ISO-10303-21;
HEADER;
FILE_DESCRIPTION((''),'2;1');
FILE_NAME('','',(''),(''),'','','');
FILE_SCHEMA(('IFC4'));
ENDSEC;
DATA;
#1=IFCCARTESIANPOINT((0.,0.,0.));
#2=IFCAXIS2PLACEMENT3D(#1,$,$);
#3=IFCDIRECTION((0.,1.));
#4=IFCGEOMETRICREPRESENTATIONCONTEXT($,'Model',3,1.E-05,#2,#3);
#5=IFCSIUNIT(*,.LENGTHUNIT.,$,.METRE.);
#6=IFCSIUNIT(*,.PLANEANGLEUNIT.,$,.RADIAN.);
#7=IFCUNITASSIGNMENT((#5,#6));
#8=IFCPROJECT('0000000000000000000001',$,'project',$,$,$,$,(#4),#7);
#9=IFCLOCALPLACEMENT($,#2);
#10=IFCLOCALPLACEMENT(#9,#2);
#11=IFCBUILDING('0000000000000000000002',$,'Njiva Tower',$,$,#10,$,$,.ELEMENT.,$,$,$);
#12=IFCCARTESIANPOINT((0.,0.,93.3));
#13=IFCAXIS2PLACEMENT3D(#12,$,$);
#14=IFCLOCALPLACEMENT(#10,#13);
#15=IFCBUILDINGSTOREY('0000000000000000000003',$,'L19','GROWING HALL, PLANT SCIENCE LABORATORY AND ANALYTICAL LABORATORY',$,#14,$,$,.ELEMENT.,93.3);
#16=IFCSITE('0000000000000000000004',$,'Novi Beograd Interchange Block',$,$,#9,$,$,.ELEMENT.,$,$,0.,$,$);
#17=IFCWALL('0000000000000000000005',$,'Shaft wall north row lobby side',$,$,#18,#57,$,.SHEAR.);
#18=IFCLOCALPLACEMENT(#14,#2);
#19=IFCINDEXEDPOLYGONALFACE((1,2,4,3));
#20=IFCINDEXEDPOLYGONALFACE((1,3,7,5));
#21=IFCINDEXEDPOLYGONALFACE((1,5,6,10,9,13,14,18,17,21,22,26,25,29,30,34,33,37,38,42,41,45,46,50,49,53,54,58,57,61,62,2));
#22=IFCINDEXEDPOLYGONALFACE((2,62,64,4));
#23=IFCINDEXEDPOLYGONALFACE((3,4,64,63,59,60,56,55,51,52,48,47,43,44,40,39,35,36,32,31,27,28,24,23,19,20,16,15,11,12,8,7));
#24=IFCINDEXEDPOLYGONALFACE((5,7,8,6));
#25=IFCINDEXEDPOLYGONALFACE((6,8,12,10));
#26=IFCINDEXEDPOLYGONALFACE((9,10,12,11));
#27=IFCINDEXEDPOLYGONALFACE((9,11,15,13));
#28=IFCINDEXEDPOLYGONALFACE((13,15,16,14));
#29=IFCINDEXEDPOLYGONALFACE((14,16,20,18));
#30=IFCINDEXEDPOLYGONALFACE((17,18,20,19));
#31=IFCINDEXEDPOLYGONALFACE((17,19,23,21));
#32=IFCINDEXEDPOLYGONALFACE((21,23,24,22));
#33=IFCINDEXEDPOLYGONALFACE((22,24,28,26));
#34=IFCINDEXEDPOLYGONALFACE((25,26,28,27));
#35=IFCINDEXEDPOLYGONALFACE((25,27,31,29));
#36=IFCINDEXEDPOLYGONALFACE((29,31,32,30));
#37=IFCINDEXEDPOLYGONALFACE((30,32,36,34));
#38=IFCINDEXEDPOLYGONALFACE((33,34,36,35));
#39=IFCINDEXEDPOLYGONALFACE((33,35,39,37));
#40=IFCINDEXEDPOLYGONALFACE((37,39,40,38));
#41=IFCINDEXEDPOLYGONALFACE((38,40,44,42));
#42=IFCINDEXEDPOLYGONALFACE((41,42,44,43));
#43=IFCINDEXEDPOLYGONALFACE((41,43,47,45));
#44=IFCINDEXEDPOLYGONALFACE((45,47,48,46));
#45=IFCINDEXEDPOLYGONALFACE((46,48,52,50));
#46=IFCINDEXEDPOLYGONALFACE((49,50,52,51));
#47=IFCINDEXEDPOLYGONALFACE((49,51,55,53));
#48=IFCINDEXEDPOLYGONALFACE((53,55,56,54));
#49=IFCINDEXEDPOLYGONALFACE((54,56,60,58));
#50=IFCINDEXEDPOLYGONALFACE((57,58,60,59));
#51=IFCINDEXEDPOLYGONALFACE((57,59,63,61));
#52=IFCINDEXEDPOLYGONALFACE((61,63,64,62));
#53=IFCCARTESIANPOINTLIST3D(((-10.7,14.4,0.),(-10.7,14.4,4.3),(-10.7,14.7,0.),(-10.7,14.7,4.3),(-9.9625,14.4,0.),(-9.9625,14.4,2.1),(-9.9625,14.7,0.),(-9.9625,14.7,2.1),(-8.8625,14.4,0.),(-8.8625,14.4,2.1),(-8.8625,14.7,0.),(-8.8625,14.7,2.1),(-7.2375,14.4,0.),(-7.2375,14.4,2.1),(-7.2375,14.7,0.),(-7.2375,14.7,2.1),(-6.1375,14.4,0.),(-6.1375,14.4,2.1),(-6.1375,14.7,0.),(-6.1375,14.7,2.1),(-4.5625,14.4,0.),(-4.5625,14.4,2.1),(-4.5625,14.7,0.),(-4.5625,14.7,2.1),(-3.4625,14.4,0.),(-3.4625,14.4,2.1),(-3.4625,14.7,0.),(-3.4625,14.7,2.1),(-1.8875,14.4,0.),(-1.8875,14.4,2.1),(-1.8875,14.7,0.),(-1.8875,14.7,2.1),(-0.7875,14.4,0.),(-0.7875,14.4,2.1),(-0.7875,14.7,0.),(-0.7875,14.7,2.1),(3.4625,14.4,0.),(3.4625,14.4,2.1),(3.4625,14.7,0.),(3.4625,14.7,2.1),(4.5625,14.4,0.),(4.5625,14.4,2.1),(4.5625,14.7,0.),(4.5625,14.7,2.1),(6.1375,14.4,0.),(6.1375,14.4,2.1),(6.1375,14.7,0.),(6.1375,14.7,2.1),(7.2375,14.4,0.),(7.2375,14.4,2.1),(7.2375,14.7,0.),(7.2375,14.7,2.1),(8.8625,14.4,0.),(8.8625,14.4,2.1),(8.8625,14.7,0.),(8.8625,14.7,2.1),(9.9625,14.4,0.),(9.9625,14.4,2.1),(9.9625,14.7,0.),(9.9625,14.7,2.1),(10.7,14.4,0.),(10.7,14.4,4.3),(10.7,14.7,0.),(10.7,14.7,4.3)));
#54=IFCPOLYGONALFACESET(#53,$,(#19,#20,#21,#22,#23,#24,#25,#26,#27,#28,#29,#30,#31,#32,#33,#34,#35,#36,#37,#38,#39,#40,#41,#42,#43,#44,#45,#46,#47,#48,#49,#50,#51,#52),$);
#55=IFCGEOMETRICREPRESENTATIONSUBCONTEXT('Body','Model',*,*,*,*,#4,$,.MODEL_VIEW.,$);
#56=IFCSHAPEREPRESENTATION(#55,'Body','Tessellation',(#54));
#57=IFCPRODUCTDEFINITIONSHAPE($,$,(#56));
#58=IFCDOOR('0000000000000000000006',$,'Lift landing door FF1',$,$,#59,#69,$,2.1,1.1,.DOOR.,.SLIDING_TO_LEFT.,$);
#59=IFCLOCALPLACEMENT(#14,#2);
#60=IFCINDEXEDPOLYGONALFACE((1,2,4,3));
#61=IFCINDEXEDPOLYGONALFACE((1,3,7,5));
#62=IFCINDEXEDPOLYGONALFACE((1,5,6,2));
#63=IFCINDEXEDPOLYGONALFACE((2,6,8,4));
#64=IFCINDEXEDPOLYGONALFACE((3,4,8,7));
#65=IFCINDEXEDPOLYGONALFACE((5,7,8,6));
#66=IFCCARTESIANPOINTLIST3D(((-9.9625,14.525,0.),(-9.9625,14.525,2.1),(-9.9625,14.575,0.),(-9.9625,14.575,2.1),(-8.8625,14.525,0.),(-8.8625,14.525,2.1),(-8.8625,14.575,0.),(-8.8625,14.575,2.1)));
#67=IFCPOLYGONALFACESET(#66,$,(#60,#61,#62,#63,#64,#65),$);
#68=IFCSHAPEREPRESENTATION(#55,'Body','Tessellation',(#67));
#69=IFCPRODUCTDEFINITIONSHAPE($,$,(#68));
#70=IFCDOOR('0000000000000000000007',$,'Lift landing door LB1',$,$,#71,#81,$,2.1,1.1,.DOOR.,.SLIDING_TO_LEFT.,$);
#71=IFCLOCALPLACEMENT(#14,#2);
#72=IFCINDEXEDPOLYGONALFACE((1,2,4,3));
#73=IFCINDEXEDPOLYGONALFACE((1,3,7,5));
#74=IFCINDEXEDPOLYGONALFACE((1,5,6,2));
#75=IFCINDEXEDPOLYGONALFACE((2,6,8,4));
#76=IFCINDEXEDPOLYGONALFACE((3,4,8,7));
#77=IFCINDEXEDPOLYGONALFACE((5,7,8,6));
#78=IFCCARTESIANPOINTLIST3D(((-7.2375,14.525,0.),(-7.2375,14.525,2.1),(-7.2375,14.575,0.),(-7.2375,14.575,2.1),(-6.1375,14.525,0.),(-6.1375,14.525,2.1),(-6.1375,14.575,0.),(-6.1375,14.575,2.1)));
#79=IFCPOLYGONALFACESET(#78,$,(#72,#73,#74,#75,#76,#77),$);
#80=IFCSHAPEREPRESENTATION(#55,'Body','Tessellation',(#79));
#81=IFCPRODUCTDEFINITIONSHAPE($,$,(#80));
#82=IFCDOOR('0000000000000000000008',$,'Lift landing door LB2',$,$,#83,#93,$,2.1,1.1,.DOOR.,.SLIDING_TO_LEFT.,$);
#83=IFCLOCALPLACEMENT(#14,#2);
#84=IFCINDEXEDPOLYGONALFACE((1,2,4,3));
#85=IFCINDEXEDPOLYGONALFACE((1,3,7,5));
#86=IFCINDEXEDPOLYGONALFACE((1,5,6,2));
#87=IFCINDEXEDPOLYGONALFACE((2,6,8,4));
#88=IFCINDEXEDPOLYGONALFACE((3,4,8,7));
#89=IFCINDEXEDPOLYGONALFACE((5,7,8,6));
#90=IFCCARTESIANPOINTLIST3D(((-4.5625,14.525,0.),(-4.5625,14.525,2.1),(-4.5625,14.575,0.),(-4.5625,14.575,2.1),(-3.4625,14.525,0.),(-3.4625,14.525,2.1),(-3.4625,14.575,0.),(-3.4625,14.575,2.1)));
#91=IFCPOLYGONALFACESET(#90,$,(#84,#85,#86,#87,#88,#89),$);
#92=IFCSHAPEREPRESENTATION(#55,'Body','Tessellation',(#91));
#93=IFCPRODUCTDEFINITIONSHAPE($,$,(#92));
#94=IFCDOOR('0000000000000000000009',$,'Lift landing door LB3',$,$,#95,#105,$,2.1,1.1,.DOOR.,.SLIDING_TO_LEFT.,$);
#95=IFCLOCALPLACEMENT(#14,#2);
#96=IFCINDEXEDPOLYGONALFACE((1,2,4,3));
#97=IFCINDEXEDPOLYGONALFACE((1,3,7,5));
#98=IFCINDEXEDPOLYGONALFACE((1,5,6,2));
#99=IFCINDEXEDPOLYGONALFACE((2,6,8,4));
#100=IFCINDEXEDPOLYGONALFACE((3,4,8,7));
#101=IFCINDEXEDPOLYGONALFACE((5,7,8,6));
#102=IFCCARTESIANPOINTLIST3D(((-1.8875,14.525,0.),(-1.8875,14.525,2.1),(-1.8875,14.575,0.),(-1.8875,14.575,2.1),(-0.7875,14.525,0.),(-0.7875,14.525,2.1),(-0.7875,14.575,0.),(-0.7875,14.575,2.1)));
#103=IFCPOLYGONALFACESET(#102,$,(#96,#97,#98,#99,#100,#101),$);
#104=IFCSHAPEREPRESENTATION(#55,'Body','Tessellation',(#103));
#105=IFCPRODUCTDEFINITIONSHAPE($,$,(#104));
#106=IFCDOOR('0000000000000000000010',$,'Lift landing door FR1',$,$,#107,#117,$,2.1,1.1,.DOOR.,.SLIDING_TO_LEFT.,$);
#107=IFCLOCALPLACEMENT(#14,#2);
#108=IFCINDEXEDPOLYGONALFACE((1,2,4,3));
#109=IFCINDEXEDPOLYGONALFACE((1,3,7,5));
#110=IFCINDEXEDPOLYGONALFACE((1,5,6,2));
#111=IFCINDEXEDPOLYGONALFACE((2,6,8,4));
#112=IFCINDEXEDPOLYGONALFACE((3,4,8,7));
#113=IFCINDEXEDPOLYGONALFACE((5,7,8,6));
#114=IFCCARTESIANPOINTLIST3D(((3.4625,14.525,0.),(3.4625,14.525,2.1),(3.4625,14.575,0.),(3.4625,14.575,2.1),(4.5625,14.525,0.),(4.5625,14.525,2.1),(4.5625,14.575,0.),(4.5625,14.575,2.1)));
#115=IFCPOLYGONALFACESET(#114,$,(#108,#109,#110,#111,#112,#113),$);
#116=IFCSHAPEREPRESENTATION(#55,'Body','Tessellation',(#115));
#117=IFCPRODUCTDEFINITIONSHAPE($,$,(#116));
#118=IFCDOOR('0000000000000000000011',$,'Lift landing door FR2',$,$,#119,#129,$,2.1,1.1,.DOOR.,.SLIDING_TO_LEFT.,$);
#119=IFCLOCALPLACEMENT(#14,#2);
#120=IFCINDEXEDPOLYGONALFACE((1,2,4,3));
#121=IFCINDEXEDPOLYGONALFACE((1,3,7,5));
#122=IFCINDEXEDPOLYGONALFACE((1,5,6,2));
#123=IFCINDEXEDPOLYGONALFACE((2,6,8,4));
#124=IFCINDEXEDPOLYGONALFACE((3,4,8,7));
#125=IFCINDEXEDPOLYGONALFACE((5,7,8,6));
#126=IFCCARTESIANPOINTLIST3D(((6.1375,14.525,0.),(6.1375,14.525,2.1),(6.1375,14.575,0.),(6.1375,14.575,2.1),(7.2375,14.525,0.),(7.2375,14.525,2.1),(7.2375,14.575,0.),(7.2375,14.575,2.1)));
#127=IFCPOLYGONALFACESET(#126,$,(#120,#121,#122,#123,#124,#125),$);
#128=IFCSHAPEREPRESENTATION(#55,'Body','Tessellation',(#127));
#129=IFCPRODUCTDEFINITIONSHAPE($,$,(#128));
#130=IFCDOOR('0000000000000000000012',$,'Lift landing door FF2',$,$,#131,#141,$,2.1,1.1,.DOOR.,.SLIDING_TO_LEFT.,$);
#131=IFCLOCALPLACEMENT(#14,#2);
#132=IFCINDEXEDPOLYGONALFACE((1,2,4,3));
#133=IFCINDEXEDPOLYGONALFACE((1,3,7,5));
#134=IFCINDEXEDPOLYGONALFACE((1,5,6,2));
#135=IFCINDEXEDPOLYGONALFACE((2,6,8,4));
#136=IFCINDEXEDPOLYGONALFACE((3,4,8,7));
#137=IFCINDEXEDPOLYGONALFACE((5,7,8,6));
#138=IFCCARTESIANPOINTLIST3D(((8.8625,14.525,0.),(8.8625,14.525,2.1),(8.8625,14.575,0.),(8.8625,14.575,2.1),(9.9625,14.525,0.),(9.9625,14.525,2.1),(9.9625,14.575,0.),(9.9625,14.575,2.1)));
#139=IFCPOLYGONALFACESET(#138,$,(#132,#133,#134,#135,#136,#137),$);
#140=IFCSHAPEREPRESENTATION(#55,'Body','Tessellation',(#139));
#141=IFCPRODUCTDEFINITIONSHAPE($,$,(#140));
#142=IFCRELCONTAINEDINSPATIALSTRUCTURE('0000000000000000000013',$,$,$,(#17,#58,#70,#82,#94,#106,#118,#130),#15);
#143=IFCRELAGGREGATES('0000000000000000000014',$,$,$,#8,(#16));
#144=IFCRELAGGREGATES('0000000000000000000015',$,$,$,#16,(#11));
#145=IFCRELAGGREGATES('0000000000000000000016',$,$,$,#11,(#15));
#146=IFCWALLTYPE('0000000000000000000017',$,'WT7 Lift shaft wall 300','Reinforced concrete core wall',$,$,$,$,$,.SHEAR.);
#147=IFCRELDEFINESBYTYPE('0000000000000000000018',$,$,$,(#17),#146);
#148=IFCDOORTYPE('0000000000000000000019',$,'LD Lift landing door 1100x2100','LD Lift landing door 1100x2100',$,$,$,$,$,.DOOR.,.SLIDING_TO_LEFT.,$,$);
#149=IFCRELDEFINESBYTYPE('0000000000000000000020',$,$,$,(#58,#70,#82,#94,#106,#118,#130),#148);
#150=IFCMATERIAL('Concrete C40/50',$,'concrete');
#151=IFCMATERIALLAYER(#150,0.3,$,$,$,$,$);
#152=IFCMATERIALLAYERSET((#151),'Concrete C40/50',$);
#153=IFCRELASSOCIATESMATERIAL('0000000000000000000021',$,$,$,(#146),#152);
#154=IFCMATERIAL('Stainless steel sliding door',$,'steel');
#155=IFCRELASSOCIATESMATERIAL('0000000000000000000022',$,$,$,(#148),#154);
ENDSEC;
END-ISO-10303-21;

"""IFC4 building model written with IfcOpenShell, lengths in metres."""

from ifc_helpers import new_model, si_unit, direction, frame, frame_2d, origin, place, context, subcontext, project, spatial, rectangle, extrude, material, layer, layer_set, type_object, element, fill, save


model = new_model("IFC4")

# Units and contexts
model_context = context("Model", 3, precision=1e-05, world=origin(), true_north=direction((0.0, 1.0)))
body_context = subcontext(model_context, "Body", "Model", "MODEL_VIEW")
ifc_project = project(units=[si_unit("LENGTHUNIT", "METRE"), si_unit("PLANEANGLEUNIT", "RADIAN")], contexts=[model_context])

# Site, building, storey
site_placement = place(None, origin())
site = spatial("IfcSite", under=ifc_project, at=site_placement, Name="Novi Beograd Interchange Block", CompositionType="ELEMENT", RefElevation=0.0)
building_placement = place(site_placement, origin())
building = spatial("IfcBuilding", under=site, at=building_placement, Name="Njiva Tower", CompositionType="ELEMENT")
storey_placement = place(building_placement, frame((0.0, 0.0, 93.3)))
storey = spatial("IfcBuildingStorey", under=building, at=storey_placement, Name="L19", Description="GROWING HALL, PLANT SCIENCE LABORATORY AND ANALYTICAL LABORATORY", CompositionType="ELEMENT", Elevation=93.3)

# Shared definitions
ifc_material_1 = material(Name="Concrete C40/50", Category="concrete")

# Wall, openings, doors
ifc_layer_1 = layer(ifc_material_1, 0.3)
ifc_layer_set_1 = layer_set([ifc_layer_1], Name="Concrete C40/50")
wall_type_1 = type_object("IfcWallType", Name="WT7 Lift shaft wall 300", Description="Reinforced concrete core wall", PredefinedType="SHEAR", material=ifc_layer_set_1)
wall_1_placement = place(storey_placement, frame((-10.7, 14.55, 0.0), z_axis=(0.0, 0.0, 1.0), x_axis=(1.0, 0.0, 0.0)))
wall_1 = element("IfcWall", 1, at=wall_1_placement, inside=storey, type_object=wall_type_1, Name="Shaft wall north row lobby side", PredefinedType="SHEAR", context=body_context, shape_type="SweptSolid", body=[
    extrude(rectangle(XDim=21.4, YDim=0.3, at=frame_2d((10.7, 0.0))), origin(), (0.0, 0.0, 1.0), 4.3),
])
opening_1_placement = place(wall_1_placement, frame((0.7375, 0.0, 0.0)))
opening_1 = element("IfcOpeningElement", 2, at=opening_1_placement, cuts=wall_1, PredefinedType="OPENING", context=body_context, shape_type="SweptSolid", body=[
    extrude(rectangle(XDim=1.1, YDim=2.1, at=frame_2d((0.55, 1.05))), frame((0.0, 0.16, 0.0), z_axis=(0.0, -1.0, 0.0), x_axis=(1.0, 0.0, 0.0)), (0.0, 0.0, 1.0), 0.32),
])
opening_2_placement = place(wall_1_placement, frame((3.4625, 0.0, 0.0)))
opening_2 = element("IfcOpeningElement", 3, at=opening_2_placement, cuts=wall_1, PredefinedType="OPENING", context=body_context, shape_type="SweptSolid", body=[
    extrude(rectangle(XDim=1.1, YDim=2.1, at=frame_2d((0.55, 1.05))), frame((0.0, 0.16, 0.0), z_axis=(0.0, -1.0, 0.0), x_axis=(1.0, 0.0, 0.0)), (0.0, 0.0, 1.0), 0.32),
])
opening_3_placement = place(wall_1_placement, frame((6.1375, 0.0, 0.0)))
opening_3 = element("IfcOpeningElement", 4, at=opening_3_placement, cuts=wall_1, PredefinedType="OPENING", context=body_context, shape_type="SweptSolid", body=[
    extrude(rectangle(XDim=1.1, YDim=2.1, at=frame_2d((0.55, 1.05))), frame((0.0, 0.16, 0.0), z_axis=(0.0, -1.0, 0.0), x_axis=(1.0, 0.0, 0.0)), (0.0, 0.0, 1.0), 0.32),
])
opening_4_placement = place(wall_1_placement, frame((8.8125, 0.0, 0.0)))
opening_4 = element("IfcOpeningElement", 5, at=opening_4_placement, cuts=wall_1, PredefinedType="OPENING", context=body_context, shape_type="SweptSolid", body=[
    extrude(rectangle(XDim=1.1, YDim=2.1, at=frame_2d((0.55, 1.05))), frame((0.0, 0.16, 0.0), z_axis=(0.0, -1.0, 0.0), x_axis=(1.0, 0.0, 0.0)), (0.0, 0.0, 1.0), 0.32),
])
opening_5_placement = place(wall_1_placement, frame((14.1625, 0.0, 0.0)))
opening_5 = element("IfcOpeningElement", 6, at=opening_5_placement, cuts=wall_1, PredefinedType="OPENING", context=body_context, shape_type="SweptSolid", body=[
    extrude(rectangle(XDim=1.1, YDim=2.1, at=frame_2d((0.55, 1.05))), frame((0.0, 0.16, 0.0), z_axis=(0.0, -1.0, 0.0), x_axis=(1.0, 0.0, 0.0)), (0.0, 0.0, 1.0), 0.32),
])
opening_6_placement = place(wall_1_placement, frame((16.8375, 0.0, 0.0)))
opening_6 = element("IfcOpeningElement", 7, at=opening_6_placement, cuts=wall_1, PredefinedType="OPENING", context=body_context, shape_type="SweptSolid", body=[
    extrude(rectangle(XDim=1.1, YDim=2.1, at=frame_2d((0.55, 1.05))), frame((0.0, 0.16, 0.0), z_axis=(0.0, -1.0, 0.0), x_axis=(1.0, 0.0, 0.0)), (0.0, 0.0, 1.0), 0.32),
])
opening_7_placement = place(wall_1_placement, frame((19.5625, 0.0, 0.0)))
opening_7 = element("IfcOpeningElement", 8, at=opening_7_placement, cuts=wall_1, PredefinedType="OPENING", context=body_context, shape_type="SweptSolid", body=[
    extrude(rectangle(XDim=1.1, YDim=2.1, at=frame_2d((0.55, 1.05))), frame((0.0, 0.16, 0.0), z_axis=(0.0, -1.0, 0.0), x_axis=(1.0, 0.0, 0.0)), (0.0, 0.0, 1.0), 0.32),
])
ifc_material_2 = material(Name="Stainless steel sliding door", Category="steel")
door_type_1 = type_object("IfcDoorType", Name="LD Lift landing door 1100x2100", Description="LD Lift landing door 1100x2100", OperationType="SLIDING_TO_LEFT", PredefinedType="DOOR", material=ifc_material_2)
door_1_placement = place(opening_1_placement, origin())
door_1 = element("IfcDoor", 9, at=door_1_placement, inside=storey, type_object=door_type_1, Name="Lift landing door FF1", OperationType="SLIDING_TO_LEFT", OverallHeight=2.1, OverallWidth=1.1, PredefinedType="DOOR", context=body_context, shape_type="SweptSolid", body=[
    extrude(rectangle(XDim=1.1, YDim=2.1, at=frame_2d((0.55, 1.05))), frame((0.0, 0.025, 0.0), z_axis=(0.0, -1.0, 0.0), x_axis=(1.0, 0.0, 0.0)), (0.0, 0.0, 1.0), 0.05),
])
fill(opening_1, door_1)
door_2_placement = place(opening_2_placement, origin())
door_2 = element("IfcDoor", 10, at=door_2_placement, inside=storey, type_object=door_type_1, Name="Lift landing door LB1", OperationType="SLIDING_TO_LEFT", OverallHeight=2.1, OverallWidth=1.1, PredefinedType="DOOR", context=body_context, shape_type="SweptSolid", body=[
    extrude(rectangle(XDim=1.1, YDim=2.1, at=frame_2d((0.55, 1.05))), frame((0.0, 0.025, 0.0), z_axis=(0.0, -1.0, 0.0), x_axis=(1.0, 0.0, 0.0)), (0.0, 0.0, 1.0), 0.05),
])
fill(opening_2, door_2)
door_3_placement = place(opening_3_placement, origin())
door_3 = element("IfcDoor", 11, at=door_3_placement, inside=storey, type_object=door_type_1, Name="Lift landing door LB2", OperationType="SLIDING_TO_LEFT", OverallHeight=2.1, OverallWidth=1.1, PredefinedType="DOOR", context=body_context, shape_type="SweptSolid", body=[
    extrude(rectangle(XDim=1.1, YDim=2.1, at=frame_2d((0.55, 1.05))), frame((0.0, 0.025, 0.0), z_axis=(0.0, -1.0, 0.0), x_axis=(1.0, 0.0, 0.0)), (0.0, 0.0, 1.0), 0.05),
])
fill(opening_3, door_3)
door_4_placement = place(opening_4_placement, origin())
door_4 = element("IfcDoor", 12, at=door_4_placement, inside=storey, type_object=door_type_1, Name="Lift landing door LB3", OperationType="SLIDING_TO_LEFT", OverallHeight=2.1, OverallWidth=1.1, PredefinedType="DOOR", context=body_context, shape_type="SweptSolid", body=[
    extrude(rectangle(XDim=1.1, YDim=2.1, at=frame_2d((0.55, 1.05))), frame((0.0, 0.025, 0.0), z_axis=(0.0, -1.0, 0.0), x_axis=(1.0, 0.0, 0.0)), (0.0, 0.0, 1.0), 0.05),
])
fill(opening_4, door_4)
door_5_placement = place(opening_5_placement, origin())
door_5 = element("IfcDoor", 13, at=door_5_placement, inside=storey, type_object=door_type_1, Name="Lift landing door FR1", OperationType="SLIDING_TO_LEFT", OverallHeight=2.1, OverallWidth=1.1, PredefinedType="DOOR", context=body_context, shape_type="SweptSolid", body=[
    extrude(rectangle(XDim=1.1, YDim=2.1, at=frame_2d((0.55, 1.05))), frame((0.0, 0.025, 0.0), z_axis=(0.0, -1.0, 0.0), x_axis=(1.0, 0.0, 0.0)), (0.0, 0.0, 1.0), 0.05),
])
fill(opening_5, door_5)
door_6_placement = place(opening_6_placement, origin())
door_6 = element("IfcDoor", 14, at=door_6_placement, inside=storey, type_object=door_type_1, Name="Lift landing door FR2", OperationType="SLIDING_TO_LEFT", OverallHeight=2.1, OverallWidth=1.1, PredefinedType="DOOR", context=body_context, shape_type="SweptSolid", body=[
    extrude(rectangle(XDim=1.1, YDim=2.1, at=frame_2d((0.55, 1.05))), frame((0.0, 0.025, 0.0), z_axis=(0.0, -1.0, 0.0), x_axis=(1.0, 0.0, 0.0)), (0.0, 0.0, 1.0), 0.05),
])
fill(opening_6, door_6)
door_7_placement = place(opening_7_placement, origin())
door_7 = element("IfcDoor", 15, at=door_7_placement, inside=storey, type_object=door_type_1, Name="Lift landing door FF2", OperationType="SLIDING_TO_LEFT", OverallHeight=2.1, OverallWidth=1.1, PredefinedType="DOOR", context=body_context, shape_type="SweptSolid", body=[
    extrude(rectangle(XDim=1.1, YDim=2.1, at=frame_2d((0.55, 1.05))), frame((0.0, 0.025, 0.0), z_axis=(0.0, -1.0, 0.0), x_axis=(1.0, 0.0, 0.0)), (0.0, 0.0, 1.0), 0.05),
])
fill(opening_7, door_7)

save(model, "model.ifc")
